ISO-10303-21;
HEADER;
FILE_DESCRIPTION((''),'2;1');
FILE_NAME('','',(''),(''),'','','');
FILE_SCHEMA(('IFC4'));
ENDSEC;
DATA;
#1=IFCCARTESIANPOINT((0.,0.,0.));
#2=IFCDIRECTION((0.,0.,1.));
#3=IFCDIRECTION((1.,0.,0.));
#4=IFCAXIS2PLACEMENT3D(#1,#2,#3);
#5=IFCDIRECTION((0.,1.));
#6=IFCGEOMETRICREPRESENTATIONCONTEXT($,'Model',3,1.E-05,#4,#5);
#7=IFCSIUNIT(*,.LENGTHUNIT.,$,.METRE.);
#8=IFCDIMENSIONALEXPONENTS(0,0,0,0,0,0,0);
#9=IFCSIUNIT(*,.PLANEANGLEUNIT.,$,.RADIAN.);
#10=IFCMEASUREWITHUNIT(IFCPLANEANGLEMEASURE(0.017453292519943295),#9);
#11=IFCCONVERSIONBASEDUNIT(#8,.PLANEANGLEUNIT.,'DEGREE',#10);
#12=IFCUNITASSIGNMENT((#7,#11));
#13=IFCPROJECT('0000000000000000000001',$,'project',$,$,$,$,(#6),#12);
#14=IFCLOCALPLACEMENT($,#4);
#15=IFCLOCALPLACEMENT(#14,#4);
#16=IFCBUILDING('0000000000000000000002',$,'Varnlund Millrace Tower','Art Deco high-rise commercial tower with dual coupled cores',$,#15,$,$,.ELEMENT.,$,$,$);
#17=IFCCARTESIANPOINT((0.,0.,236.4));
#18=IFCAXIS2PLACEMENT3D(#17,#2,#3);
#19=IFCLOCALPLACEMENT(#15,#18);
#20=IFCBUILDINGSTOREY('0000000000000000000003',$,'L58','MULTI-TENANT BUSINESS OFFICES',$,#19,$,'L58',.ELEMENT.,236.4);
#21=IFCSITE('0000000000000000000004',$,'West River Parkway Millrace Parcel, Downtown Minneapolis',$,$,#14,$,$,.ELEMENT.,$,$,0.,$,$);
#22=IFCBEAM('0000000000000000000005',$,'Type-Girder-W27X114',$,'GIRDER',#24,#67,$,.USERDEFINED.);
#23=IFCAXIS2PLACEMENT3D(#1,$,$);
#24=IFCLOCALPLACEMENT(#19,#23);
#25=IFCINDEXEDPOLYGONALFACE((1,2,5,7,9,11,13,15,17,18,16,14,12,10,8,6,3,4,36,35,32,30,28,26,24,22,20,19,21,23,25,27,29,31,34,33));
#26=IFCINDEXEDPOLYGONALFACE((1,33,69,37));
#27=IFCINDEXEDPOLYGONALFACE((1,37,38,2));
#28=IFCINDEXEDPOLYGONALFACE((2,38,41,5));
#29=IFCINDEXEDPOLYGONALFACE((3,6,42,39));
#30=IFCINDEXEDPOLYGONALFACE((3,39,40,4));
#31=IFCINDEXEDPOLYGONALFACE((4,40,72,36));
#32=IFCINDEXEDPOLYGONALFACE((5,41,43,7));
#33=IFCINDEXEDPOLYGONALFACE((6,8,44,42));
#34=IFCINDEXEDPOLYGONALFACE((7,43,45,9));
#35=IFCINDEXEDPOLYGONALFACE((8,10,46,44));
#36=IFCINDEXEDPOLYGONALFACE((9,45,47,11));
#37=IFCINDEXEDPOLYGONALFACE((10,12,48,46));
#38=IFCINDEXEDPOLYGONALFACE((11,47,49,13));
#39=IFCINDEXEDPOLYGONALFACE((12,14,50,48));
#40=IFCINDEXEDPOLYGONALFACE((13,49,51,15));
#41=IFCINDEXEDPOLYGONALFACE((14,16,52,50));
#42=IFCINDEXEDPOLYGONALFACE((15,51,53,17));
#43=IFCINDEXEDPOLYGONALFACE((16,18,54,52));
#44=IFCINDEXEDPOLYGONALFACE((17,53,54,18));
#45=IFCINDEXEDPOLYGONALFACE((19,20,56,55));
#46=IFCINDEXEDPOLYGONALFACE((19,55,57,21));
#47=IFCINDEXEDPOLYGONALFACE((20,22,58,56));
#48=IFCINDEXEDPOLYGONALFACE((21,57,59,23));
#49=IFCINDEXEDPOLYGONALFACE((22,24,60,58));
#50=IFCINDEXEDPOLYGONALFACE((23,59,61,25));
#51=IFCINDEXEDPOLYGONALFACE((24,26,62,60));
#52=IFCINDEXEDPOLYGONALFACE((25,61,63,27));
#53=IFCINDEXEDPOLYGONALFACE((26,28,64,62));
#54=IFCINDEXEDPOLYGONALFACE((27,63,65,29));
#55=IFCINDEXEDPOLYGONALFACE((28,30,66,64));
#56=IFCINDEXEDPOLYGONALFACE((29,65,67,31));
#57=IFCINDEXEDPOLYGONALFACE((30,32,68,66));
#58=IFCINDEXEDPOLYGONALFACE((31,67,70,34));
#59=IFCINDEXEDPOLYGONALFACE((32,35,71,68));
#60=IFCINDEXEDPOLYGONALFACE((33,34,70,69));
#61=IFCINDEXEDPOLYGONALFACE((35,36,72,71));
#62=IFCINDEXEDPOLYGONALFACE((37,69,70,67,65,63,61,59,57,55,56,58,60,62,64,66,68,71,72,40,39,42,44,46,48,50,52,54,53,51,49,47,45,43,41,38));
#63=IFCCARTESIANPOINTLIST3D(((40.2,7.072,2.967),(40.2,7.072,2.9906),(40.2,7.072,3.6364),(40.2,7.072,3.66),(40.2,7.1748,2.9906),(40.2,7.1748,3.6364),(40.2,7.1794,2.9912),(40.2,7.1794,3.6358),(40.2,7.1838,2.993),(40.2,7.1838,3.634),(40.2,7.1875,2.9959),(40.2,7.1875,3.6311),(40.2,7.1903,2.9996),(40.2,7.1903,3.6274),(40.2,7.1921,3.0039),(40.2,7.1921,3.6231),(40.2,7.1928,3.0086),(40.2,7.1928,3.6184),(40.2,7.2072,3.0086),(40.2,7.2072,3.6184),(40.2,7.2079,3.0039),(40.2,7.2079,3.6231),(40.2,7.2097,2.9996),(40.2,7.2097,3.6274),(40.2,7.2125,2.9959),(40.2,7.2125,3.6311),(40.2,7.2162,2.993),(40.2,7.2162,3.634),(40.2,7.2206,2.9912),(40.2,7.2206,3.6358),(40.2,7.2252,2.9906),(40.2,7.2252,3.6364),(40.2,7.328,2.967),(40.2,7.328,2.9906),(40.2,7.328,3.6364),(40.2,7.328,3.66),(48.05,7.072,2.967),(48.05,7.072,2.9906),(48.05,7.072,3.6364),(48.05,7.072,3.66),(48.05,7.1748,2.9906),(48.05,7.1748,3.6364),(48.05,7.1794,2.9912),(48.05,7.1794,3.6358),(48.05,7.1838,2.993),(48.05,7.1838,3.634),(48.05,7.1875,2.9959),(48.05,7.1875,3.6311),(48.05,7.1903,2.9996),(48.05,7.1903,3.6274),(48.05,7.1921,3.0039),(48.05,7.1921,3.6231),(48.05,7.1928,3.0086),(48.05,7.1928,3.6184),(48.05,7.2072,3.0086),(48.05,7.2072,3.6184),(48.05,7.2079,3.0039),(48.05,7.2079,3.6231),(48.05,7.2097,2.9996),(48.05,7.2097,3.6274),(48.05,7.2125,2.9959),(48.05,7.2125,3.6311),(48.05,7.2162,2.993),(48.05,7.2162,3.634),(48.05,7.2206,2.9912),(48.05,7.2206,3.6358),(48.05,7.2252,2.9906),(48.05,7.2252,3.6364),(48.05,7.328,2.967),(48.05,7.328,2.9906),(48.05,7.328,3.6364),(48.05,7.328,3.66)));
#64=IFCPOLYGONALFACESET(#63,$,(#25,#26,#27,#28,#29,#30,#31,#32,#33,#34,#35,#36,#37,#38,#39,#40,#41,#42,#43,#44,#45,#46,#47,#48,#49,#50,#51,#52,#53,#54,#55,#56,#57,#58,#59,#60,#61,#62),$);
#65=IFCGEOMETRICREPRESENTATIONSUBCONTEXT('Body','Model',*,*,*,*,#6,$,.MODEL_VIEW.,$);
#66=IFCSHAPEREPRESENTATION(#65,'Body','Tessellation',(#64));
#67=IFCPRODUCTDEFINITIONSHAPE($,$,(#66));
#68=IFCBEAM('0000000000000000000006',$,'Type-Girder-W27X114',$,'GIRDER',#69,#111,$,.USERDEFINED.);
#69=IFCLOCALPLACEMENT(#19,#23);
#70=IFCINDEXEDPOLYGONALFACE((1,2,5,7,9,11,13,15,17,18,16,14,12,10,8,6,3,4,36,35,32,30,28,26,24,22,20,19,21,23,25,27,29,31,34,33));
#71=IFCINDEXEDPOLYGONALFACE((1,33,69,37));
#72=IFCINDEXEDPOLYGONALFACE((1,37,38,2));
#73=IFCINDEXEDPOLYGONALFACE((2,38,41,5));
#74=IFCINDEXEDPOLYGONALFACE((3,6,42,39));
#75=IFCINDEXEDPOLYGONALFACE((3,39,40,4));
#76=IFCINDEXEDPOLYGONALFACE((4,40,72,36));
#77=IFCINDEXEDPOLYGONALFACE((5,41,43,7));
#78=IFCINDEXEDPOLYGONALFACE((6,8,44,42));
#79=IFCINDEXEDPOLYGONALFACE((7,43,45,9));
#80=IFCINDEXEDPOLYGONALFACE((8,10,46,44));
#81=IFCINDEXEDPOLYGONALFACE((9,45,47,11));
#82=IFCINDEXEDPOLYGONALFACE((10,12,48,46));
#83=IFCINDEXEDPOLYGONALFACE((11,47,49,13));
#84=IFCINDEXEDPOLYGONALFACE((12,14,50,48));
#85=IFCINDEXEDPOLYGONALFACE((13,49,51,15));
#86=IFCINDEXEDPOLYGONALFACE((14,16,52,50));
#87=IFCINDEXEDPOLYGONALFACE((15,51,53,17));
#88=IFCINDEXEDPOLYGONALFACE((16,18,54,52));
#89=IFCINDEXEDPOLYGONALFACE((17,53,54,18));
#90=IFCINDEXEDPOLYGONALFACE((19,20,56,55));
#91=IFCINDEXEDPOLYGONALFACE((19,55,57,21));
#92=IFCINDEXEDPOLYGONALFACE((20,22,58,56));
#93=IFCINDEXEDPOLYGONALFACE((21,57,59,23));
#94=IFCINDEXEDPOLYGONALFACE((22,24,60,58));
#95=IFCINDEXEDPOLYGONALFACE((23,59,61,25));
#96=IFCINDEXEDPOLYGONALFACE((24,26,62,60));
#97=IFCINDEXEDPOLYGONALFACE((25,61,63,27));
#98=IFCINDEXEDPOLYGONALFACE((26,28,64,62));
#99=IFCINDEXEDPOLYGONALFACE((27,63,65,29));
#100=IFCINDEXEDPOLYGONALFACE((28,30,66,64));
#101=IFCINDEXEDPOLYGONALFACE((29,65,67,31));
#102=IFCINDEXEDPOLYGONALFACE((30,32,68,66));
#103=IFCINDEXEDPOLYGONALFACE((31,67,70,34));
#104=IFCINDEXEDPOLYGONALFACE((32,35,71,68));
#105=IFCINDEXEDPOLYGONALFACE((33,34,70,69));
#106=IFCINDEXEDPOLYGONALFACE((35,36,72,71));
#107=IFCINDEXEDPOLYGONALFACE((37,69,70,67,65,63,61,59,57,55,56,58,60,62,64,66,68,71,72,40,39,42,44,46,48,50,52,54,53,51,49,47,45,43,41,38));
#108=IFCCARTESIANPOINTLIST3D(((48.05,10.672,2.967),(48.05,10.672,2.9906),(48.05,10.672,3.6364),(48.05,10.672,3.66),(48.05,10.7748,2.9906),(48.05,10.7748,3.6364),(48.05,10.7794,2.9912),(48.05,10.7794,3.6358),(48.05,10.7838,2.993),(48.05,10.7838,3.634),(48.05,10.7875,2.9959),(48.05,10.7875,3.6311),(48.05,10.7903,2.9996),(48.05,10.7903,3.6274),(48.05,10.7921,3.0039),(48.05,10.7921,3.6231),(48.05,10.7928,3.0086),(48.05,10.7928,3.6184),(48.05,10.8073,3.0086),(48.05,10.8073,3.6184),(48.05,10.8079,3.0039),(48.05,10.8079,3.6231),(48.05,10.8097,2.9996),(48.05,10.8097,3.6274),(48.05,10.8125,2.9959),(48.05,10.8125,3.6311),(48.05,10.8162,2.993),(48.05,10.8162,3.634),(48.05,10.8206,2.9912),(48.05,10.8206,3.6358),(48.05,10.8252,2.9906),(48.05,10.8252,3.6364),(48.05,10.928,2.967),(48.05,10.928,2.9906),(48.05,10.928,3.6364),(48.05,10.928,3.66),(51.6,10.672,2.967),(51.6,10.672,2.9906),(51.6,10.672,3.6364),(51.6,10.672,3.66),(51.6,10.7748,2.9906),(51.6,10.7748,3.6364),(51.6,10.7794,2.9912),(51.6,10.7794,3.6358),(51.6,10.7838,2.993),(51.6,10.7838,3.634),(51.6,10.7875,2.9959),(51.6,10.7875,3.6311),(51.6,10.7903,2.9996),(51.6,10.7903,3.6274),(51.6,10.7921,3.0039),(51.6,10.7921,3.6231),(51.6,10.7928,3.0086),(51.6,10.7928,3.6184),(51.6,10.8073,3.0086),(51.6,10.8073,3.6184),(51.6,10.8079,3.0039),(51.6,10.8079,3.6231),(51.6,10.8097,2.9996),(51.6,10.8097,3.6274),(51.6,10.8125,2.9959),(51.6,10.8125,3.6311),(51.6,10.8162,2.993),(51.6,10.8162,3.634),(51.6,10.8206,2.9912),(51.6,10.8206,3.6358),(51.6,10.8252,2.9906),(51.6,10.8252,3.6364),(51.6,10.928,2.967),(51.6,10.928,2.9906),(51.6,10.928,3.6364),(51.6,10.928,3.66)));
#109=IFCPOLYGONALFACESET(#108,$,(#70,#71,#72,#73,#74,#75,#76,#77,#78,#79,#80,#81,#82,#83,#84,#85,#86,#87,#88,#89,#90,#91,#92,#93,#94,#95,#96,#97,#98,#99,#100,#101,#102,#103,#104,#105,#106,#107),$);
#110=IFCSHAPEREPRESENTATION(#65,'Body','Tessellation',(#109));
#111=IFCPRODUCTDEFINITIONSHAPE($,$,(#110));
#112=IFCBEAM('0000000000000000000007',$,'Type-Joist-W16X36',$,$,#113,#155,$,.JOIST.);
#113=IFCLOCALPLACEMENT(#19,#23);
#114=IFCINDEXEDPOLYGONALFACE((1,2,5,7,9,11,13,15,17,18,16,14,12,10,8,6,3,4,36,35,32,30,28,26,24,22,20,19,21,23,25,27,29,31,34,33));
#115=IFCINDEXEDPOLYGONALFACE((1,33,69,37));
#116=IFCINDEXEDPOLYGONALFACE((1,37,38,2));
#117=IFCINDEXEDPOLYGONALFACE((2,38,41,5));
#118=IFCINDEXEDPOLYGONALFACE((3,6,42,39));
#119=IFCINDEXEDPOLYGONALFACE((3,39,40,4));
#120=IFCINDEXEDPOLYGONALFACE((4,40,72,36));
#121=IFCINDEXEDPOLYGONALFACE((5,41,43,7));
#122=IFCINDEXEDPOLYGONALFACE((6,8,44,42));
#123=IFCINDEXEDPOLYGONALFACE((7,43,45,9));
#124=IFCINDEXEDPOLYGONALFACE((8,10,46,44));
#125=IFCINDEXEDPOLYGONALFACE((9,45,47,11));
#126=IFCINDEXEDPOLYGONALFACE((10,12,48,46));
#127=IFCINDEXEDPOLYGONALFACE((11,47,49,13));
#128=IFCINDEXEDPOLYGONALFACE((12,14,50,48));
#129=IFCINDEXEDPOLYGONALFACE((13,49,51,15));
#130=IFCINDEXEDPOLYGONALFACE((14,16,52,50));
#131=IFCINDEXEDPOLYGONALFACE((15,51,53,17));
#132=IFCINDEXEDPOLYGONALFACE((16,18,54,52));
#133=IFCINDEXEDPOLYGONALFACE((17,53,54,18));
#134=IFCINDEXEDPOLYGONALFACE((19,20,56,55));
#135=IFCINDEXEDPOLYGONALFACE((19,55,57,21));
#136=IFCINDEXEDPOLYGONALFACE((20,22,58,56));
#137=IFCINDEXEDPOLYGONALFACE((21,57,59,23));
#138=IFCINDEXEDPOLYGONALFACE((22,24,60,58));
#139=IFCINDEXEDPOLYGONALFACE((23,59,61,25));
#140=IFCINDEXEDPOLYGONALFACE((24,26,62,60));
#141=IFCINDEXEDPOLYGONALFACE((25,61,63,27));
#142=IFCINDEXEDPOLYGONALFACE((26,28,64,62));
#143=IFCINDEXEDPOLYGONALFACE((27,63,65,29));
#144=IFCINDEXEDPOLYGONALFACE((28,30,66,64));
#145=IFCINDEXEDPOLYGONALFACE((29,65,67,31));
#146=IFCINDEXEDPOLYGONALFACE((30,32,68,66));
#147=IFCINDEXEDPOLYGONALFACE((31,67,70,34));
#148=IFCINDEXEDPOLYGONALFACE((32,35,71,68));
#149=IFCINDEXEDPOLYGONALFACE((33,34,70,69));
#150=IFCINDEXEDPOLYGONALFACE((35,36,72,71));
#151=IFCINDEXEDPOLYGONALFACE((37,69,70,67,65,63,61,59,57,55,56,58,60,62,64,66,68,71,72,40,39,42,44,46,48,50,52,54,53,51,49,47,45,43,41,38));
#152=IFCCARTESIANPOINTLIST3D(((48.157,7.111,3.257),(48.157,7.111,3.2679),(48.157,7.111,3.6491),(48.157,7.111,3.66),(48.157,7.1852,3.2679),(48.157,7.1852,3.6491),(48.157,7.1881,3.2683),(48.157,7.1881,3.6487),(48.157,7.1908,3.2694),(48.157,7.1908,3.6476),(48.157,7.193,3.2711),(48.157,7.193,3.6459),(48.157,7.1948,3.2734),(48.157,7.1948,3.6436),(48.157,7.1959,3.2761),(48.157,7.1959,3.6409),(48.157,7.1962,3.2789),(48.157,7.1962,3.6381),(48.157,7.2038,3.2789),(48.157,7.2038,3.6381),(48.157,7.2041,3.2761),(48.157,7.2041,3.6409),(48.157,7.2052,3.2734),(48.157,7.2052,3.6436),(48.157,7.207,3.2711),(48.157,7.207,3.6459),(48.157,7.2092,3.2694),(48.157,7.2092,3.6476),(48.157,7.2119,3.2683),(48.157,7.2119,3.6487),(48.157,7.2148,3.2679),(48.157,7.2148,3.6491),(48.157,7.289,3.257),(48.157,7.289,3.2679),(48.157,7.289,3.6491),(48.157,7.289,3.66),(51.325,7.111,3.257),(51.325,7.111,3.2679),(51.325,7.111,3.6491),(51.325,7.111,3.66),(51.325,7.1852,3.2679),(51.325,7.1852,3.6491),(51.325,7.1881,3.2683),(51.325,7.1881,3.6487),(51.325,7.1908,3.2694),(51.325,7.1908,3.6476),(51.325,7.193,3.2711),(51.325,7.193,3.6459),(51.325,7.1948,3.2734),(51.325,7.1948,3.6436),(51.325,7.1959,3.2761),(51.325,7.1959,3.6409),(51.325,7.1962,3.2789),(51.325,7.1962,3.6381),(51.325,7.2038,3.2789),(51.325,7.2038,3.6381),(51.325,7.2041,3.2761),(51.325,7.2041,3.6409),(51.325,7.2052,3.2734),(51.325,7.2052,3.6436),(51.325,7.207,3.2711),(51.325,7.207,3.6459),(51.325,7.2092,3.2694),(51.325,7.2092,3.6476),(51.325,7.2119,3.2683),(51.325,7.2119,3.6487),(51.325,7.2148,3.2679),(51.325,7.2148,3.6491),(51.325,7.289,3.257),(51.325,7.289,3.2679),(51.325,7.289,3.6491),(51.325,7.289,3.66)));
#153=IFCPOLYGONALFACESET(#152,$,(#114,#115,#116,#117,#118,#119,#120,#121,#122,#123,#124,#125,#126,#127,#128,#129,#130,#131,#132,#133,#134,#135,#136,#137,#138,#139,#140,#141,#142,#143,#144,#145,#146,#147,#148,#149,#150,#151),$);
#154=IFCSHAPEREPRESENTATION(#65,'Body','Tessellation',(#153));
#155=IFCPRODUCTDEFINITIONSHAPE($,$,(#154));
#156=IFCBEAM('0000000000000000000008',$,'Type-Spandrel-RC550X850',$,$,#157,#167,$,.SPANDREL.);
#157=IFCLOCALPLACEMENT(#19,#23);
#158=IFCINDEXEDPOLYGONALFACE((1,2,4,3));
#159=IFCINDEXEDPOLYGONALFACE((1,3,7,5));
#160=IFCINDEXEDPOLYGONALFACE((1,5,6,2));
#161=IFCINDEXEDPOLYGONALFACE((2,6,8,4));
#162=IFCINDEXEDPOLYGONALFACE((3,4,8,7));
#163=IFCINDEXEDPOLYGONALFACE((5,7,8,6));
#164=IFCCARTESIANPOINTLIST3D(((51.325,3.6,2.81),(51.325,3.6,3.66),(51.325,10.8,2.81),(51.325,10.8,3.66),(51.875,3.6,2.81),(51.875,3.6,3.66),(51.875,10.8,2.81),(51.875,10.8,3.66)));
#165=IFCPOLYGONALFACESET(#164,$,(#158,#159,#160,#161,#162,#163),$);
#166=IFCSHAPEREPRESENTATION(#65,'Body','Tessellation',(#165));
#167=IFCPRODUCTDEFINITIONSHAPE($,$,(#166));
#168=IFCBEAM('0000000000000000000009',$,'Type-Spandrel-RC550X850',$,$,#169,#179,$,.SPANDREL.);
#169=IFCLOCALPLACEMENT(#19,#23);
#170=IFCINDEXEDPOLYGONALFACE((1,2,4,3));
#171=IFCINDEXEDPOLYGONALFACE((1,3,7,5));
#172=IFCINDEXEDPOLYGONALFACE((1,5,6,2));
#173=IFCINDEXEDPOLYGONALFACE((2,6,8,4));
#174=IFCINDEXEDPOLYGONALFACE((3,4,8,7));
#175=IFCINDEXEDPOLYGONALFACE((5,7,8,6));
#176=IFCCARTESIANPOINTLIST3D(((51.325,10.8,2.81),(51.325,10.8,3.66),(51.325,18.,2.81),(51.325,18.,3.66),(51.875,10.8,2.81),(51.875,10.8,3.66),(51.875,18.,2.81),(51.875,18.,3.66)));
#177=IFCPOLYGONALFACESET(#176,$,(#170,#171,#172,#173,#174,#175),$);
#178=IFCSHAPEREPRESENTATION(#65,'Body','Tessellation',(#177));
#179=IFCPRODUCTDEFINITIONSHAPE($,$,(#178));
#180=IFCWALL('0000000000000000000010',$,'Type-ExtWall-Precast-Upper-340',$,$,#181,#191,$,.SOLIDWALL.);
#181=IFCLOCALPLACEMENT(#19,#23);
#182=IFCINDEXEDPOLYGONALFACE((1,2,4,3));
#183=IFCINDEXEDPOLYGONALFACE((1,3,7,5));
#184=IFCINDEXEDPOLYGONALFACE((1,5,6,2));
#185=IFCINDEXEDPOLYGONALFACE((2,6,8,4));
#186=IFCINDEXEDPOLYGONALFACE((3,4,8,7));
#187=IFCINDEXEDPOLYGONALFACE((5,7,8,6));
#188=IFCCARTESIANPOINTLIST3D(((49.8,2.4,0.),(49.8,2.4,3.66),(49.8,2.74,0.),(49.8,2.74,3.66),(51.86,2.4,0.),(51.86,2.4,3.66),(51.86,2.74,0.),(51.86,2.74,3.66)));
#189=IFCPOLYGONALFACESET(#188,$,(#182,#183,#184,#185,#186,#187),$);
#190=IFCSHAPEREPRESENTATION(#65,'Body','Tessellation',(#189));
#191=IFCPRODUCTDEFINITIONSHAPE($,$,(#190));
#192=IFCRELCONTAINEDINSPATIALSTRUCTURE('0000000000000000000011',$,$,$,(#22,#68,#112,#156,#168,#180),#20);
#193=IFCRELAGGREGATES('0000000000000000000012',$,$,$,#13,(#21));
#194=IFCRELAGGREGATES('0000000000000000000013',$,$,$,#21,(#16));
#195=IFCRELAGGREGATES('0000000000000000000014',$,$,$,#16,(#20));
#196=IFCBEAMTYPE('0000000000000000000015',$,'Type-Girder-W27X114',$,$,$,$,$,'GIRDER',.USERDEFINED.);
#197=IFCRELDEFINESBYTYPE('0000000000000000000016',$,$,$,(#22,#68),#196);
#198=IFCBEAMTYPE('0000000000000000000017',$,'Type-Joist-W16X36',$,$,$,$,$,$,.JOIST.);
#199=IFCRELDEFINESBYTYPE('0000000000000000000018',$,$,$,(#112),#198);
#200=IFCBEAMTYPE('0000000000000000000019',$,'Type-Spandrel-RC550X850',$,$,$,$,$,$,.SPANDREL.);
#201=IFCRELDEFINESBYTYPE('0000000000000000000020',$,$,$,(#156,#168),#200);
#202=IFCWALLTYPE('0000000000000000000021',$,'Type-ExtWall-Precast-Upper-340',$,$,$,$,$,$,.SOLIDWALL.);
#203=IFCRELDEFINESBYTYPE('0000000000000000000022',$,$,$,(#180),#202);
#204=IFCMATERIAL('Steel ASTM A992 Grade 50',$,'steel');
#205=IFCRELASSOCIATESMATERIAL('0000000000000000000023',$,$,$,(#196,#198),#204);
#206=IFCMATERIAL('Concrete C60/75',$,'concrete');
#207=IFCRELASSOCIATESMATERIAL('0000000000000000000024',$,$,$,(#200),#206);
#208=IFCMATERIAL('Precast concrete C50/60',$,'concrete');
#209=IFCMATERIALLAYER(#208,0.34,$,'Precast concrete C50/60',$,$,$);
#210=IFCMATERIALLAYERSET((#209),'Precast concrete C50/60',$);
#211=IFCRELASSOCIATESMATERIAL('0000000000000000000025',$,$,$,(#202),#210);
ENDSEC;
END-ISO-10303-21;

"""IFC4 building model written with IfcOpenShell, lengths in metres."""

from ifc_helpers import new_model, entity, si_unit, converted_unit, direction, frame, origin_with_axes, origin_2d_with_axis, place, context, subcontext, project, spatial, polyline, rectangle, i_section, outline, extrude, material, layer, layer_set, material_profile, profile_set, type_object, element, save


model = new_model("IFC4")

# Units and contexts
model_context = context("Model", 3, precision=1e-05, world=origin_with_axes(), true_north=direction((0.0, 1.0)))
body_context = subcontext(model_context, "Body", "Model", "MODEL_VIEW")
ifc_project = project(units=[si_unit("LENGTHUNIT", "METRE"), converted_unit("PLANEANGLEUNIT", "DEGREE", entity("IfcPlaneAngleMeasure", 0.017453292519943295), si_unit("PLANEANGLEUNIT", "RADIAN"), dimensions=[0, 0, 0, 0, 0, 0, 0])], contexts=[model_context])

# Site, building, storey
site_placement = place(None, origin_with_axes())
site = spatial("IfcSite", under=ifc_project, at=site_placement, Name="West River Parkway Millrace Parcel, Downtown Minneapolis", CompositionType="ELEMENT", RefElevation=0.0)
building_placement = place(site_placement, origin_with_axes())
building = spatial("IfcBuilding", under=site, at=building_placement, Name="Varnlund Millrace Tower", Description="Art Deco high-rise commercial tower with dual coupled cores", CompositionType="ELEMENT")
storey_placement = place(building_placement, frame((0.0, 0.0, 236.4), z_axis=(0.0, 0.0, 1.0), x_axis=(1.0, 0.0, 0.0)))
storey = spatial("IfcBuildingStorey", under=building, at=storey_placement, Name="L58", Description="MULTI-TENANT BUSINESS OFFICES", LongName="L58", CompositionType="ELEMENT", Elevation=236.4)

# Beams
ifc_material_1 = material(Name="Steel ASTM A992 Grade 50", Category="steel")
ifc_material_profile_1 = material_profile(ifc_material_1, i_section(OverallWidth=0.256, OverallDepth=0.693, WebThickness=0.0145, FlangeThickness=0.0236, FilletRadius=0.018, at=origin_2d_with_axis()), Name="Steel ASTM A992 Grade 50")
ifc_profile_set_1 = profile_set([ifc_material_profile_1], Name="Steel ASTM A992 Grade 50")
beam_type_1 = type_object("IfcBeamType", Name="Type-Girder-W27X114", ElementType="GIRDER", PredefinedType="USERDEFINED", material=ifc_profile_set_1)
beam_1_placement = place(storey_placement, frame((40.2, 7.2, 3.3135), z_axis=(1.0, 0.0, 0.0), x_axis=(0.0, 1.0, 0.0)))
element("IfcBeam", 1, at=beam_1_placement, inside=storey, type_object=beam_type_1, Name="Type-Girder-W27X114", ObjectType="GIRDER", PredefinedType="USERDEFINED", context=body_context, shape_type="SweptSolid", body=[
    extrude(i_section(OverallWidth=0.256, OverallDepth=0.693, WebThickness=0.0145, FlangeThickness=0.0236, FilletRadius=0.018, at=origin_2d_with_axis()), origin_with_axes(), (0.0, 0.0, 1.0), 7.85),
])
beam_2_placement = place(storey_placement, frame((48.05, 10.8, 3.3135), z_axis=(1.0, 0.0, 0.0), x_axis=(0.0, 1.0, 0.0)))
element("IfcBeam", 2, at=beam_2_placement, inside=storey, type_object=beam_type_1, Name="Type-Girder-W27X114", ObjectType="GIRDER", PredefinedType="USERDEFINED", context=body_context, shape_type="SweptSolid", body=[
    extrude(i_section(OverallWidth=0.256, OverallDepth=0.693, WebThickness=0.0145, FlangeThickness=0.0236, FilletRadius=0.018, at=origin_2d_with_axis()), origin_with_axes(), (0.0, 0.0, 1.0), 3.55),
])
ifc_material_profile_2 = material_profile(ifc_material_1, i_section(OverallWidth=0.178, OverallDepth=0.403, WebThickness=0.0075, FlangeThickness=0.0109, FilletRadius=0.011, at=origin_2d_with_axis()), Name="Steel ASTM A992 Grade 50")
ifc_profile_set_2 = profile_set([ifc_material_profile_2], Name="Steel ASTM A992 Grade 50")
beam_type_2 = type_object("IfcBeamType", Name="Type-Joist-W16X36", PredefinedType="JOIST", material=ifc_profile_set_2)
beam_3_placement = place(storey_placement, frame((48.157, 7.2, 3.4585), z_axis=(1.0, 0.0, 0.0), x_axis=(0.0, 1.0, 0.0)))
element("IfcBeam", 3, at=beam_3_placement, inside=storey, type_object=beam_type_2, Name="Type-Joist-W16X36", PredefinedType="JOIST", context=body_context, shape_type="SweptSolid", body=[
    extrude(i_section(OverallWidth=0.178, OverallDepth=0.403, WebThickness=0.0075, FlangeThickness=0.0109, FilletRadius=0.011, at=origin_2d_with_axis()), origin_with_axes(), (0.0, 0.0, 1.0), 3.168),
])
ifc_material_2 = material(Name="Concrete C60/75", Category="concrete")
ifc_material_profile_3 = material_profile(ifc_material_2, rectangle(XDim=0.55, YDim=0.85, at=origin_2d_with_axis()), Name="Concrete C60/75")
ifc_profile_set_3 = profile_set([ifc_material_profile_3], Name="Concrete C60/75")
beam_type_3 = type_object("IfcBeamType", Name="Type-Spandrel-RC550X850", PredefinedType="SPANDREL", material=ifc_profile_set_3)
for number, where, z_axis, x_axis, name in (
    (4, (51.6, 3.6, 3.235), (0.0, 1.0, 0.0), (-1.0, 0.0, 0.0), "Type-Spandrel-RC550X850"),
    (5, (51.6, 10.8, 3.235), (0.0, 1.0, 0.0), (-1.0, 0.0, 0.0), "Type-Spandrel-RC550X850"),
):
    element("IfcBeam", number, at=place(storey_placement, frame(where, z_axis=z_axis, x_axis=x_axis)), inside=storey, type_object=beam_type_3, Name=name, PredefinedType="SPANDREL", context=body_context, shape_type="SweptSolid", body=[
        extrude(rectangle(XDim=0.55, YDim=0.85, at=origin_2d_with_axis()), origin_with_axes(), (0.0, 0.0, 1.0), 7.2),
    ])

# Wall
ifc_material_3 = material(Name="Precast concrete C50/60", Category="concrete")
ifc_layer_1 = layer(ifc_material_3, 0.34, Name="Precast concrete C50/60")
ifc_layer_set_1 = layer_set([ifc_layer_1], Name="Precast concrete C50/60")
wall_type_1 = type_object("IfcWallType", Name="Type-ExtWall-Precast-Upper-340", PredefinedType="SOLIDWALL", material=ifc_layer_set_1)
wall_1_placement = place(storey_placement, frame((51.86, 2.57, 0.0), z_axis=(0.0, 0.0, 1.0), x_axis=(-1.0, 0.0, 0.0)))
element("IfcWall", 6, at=wall_1_placement, inside=storey, type_object=wall_type_1, Name="Type-ExtWall-Precast-Upper-340", PredefinedType="SOLIDWALL", context=body_context, shape_type="SweptSolid", body=[
    extrude(outline(polyline([(0.0, -0.17), (2.06, -0.17), (2.06, 0.17), (0.0, 0.17), (0.0, -0.17)])), origin_with_axes(), (0.0, 0.0, 1.0), 3.66),
])

save(model, "model.ifc")
